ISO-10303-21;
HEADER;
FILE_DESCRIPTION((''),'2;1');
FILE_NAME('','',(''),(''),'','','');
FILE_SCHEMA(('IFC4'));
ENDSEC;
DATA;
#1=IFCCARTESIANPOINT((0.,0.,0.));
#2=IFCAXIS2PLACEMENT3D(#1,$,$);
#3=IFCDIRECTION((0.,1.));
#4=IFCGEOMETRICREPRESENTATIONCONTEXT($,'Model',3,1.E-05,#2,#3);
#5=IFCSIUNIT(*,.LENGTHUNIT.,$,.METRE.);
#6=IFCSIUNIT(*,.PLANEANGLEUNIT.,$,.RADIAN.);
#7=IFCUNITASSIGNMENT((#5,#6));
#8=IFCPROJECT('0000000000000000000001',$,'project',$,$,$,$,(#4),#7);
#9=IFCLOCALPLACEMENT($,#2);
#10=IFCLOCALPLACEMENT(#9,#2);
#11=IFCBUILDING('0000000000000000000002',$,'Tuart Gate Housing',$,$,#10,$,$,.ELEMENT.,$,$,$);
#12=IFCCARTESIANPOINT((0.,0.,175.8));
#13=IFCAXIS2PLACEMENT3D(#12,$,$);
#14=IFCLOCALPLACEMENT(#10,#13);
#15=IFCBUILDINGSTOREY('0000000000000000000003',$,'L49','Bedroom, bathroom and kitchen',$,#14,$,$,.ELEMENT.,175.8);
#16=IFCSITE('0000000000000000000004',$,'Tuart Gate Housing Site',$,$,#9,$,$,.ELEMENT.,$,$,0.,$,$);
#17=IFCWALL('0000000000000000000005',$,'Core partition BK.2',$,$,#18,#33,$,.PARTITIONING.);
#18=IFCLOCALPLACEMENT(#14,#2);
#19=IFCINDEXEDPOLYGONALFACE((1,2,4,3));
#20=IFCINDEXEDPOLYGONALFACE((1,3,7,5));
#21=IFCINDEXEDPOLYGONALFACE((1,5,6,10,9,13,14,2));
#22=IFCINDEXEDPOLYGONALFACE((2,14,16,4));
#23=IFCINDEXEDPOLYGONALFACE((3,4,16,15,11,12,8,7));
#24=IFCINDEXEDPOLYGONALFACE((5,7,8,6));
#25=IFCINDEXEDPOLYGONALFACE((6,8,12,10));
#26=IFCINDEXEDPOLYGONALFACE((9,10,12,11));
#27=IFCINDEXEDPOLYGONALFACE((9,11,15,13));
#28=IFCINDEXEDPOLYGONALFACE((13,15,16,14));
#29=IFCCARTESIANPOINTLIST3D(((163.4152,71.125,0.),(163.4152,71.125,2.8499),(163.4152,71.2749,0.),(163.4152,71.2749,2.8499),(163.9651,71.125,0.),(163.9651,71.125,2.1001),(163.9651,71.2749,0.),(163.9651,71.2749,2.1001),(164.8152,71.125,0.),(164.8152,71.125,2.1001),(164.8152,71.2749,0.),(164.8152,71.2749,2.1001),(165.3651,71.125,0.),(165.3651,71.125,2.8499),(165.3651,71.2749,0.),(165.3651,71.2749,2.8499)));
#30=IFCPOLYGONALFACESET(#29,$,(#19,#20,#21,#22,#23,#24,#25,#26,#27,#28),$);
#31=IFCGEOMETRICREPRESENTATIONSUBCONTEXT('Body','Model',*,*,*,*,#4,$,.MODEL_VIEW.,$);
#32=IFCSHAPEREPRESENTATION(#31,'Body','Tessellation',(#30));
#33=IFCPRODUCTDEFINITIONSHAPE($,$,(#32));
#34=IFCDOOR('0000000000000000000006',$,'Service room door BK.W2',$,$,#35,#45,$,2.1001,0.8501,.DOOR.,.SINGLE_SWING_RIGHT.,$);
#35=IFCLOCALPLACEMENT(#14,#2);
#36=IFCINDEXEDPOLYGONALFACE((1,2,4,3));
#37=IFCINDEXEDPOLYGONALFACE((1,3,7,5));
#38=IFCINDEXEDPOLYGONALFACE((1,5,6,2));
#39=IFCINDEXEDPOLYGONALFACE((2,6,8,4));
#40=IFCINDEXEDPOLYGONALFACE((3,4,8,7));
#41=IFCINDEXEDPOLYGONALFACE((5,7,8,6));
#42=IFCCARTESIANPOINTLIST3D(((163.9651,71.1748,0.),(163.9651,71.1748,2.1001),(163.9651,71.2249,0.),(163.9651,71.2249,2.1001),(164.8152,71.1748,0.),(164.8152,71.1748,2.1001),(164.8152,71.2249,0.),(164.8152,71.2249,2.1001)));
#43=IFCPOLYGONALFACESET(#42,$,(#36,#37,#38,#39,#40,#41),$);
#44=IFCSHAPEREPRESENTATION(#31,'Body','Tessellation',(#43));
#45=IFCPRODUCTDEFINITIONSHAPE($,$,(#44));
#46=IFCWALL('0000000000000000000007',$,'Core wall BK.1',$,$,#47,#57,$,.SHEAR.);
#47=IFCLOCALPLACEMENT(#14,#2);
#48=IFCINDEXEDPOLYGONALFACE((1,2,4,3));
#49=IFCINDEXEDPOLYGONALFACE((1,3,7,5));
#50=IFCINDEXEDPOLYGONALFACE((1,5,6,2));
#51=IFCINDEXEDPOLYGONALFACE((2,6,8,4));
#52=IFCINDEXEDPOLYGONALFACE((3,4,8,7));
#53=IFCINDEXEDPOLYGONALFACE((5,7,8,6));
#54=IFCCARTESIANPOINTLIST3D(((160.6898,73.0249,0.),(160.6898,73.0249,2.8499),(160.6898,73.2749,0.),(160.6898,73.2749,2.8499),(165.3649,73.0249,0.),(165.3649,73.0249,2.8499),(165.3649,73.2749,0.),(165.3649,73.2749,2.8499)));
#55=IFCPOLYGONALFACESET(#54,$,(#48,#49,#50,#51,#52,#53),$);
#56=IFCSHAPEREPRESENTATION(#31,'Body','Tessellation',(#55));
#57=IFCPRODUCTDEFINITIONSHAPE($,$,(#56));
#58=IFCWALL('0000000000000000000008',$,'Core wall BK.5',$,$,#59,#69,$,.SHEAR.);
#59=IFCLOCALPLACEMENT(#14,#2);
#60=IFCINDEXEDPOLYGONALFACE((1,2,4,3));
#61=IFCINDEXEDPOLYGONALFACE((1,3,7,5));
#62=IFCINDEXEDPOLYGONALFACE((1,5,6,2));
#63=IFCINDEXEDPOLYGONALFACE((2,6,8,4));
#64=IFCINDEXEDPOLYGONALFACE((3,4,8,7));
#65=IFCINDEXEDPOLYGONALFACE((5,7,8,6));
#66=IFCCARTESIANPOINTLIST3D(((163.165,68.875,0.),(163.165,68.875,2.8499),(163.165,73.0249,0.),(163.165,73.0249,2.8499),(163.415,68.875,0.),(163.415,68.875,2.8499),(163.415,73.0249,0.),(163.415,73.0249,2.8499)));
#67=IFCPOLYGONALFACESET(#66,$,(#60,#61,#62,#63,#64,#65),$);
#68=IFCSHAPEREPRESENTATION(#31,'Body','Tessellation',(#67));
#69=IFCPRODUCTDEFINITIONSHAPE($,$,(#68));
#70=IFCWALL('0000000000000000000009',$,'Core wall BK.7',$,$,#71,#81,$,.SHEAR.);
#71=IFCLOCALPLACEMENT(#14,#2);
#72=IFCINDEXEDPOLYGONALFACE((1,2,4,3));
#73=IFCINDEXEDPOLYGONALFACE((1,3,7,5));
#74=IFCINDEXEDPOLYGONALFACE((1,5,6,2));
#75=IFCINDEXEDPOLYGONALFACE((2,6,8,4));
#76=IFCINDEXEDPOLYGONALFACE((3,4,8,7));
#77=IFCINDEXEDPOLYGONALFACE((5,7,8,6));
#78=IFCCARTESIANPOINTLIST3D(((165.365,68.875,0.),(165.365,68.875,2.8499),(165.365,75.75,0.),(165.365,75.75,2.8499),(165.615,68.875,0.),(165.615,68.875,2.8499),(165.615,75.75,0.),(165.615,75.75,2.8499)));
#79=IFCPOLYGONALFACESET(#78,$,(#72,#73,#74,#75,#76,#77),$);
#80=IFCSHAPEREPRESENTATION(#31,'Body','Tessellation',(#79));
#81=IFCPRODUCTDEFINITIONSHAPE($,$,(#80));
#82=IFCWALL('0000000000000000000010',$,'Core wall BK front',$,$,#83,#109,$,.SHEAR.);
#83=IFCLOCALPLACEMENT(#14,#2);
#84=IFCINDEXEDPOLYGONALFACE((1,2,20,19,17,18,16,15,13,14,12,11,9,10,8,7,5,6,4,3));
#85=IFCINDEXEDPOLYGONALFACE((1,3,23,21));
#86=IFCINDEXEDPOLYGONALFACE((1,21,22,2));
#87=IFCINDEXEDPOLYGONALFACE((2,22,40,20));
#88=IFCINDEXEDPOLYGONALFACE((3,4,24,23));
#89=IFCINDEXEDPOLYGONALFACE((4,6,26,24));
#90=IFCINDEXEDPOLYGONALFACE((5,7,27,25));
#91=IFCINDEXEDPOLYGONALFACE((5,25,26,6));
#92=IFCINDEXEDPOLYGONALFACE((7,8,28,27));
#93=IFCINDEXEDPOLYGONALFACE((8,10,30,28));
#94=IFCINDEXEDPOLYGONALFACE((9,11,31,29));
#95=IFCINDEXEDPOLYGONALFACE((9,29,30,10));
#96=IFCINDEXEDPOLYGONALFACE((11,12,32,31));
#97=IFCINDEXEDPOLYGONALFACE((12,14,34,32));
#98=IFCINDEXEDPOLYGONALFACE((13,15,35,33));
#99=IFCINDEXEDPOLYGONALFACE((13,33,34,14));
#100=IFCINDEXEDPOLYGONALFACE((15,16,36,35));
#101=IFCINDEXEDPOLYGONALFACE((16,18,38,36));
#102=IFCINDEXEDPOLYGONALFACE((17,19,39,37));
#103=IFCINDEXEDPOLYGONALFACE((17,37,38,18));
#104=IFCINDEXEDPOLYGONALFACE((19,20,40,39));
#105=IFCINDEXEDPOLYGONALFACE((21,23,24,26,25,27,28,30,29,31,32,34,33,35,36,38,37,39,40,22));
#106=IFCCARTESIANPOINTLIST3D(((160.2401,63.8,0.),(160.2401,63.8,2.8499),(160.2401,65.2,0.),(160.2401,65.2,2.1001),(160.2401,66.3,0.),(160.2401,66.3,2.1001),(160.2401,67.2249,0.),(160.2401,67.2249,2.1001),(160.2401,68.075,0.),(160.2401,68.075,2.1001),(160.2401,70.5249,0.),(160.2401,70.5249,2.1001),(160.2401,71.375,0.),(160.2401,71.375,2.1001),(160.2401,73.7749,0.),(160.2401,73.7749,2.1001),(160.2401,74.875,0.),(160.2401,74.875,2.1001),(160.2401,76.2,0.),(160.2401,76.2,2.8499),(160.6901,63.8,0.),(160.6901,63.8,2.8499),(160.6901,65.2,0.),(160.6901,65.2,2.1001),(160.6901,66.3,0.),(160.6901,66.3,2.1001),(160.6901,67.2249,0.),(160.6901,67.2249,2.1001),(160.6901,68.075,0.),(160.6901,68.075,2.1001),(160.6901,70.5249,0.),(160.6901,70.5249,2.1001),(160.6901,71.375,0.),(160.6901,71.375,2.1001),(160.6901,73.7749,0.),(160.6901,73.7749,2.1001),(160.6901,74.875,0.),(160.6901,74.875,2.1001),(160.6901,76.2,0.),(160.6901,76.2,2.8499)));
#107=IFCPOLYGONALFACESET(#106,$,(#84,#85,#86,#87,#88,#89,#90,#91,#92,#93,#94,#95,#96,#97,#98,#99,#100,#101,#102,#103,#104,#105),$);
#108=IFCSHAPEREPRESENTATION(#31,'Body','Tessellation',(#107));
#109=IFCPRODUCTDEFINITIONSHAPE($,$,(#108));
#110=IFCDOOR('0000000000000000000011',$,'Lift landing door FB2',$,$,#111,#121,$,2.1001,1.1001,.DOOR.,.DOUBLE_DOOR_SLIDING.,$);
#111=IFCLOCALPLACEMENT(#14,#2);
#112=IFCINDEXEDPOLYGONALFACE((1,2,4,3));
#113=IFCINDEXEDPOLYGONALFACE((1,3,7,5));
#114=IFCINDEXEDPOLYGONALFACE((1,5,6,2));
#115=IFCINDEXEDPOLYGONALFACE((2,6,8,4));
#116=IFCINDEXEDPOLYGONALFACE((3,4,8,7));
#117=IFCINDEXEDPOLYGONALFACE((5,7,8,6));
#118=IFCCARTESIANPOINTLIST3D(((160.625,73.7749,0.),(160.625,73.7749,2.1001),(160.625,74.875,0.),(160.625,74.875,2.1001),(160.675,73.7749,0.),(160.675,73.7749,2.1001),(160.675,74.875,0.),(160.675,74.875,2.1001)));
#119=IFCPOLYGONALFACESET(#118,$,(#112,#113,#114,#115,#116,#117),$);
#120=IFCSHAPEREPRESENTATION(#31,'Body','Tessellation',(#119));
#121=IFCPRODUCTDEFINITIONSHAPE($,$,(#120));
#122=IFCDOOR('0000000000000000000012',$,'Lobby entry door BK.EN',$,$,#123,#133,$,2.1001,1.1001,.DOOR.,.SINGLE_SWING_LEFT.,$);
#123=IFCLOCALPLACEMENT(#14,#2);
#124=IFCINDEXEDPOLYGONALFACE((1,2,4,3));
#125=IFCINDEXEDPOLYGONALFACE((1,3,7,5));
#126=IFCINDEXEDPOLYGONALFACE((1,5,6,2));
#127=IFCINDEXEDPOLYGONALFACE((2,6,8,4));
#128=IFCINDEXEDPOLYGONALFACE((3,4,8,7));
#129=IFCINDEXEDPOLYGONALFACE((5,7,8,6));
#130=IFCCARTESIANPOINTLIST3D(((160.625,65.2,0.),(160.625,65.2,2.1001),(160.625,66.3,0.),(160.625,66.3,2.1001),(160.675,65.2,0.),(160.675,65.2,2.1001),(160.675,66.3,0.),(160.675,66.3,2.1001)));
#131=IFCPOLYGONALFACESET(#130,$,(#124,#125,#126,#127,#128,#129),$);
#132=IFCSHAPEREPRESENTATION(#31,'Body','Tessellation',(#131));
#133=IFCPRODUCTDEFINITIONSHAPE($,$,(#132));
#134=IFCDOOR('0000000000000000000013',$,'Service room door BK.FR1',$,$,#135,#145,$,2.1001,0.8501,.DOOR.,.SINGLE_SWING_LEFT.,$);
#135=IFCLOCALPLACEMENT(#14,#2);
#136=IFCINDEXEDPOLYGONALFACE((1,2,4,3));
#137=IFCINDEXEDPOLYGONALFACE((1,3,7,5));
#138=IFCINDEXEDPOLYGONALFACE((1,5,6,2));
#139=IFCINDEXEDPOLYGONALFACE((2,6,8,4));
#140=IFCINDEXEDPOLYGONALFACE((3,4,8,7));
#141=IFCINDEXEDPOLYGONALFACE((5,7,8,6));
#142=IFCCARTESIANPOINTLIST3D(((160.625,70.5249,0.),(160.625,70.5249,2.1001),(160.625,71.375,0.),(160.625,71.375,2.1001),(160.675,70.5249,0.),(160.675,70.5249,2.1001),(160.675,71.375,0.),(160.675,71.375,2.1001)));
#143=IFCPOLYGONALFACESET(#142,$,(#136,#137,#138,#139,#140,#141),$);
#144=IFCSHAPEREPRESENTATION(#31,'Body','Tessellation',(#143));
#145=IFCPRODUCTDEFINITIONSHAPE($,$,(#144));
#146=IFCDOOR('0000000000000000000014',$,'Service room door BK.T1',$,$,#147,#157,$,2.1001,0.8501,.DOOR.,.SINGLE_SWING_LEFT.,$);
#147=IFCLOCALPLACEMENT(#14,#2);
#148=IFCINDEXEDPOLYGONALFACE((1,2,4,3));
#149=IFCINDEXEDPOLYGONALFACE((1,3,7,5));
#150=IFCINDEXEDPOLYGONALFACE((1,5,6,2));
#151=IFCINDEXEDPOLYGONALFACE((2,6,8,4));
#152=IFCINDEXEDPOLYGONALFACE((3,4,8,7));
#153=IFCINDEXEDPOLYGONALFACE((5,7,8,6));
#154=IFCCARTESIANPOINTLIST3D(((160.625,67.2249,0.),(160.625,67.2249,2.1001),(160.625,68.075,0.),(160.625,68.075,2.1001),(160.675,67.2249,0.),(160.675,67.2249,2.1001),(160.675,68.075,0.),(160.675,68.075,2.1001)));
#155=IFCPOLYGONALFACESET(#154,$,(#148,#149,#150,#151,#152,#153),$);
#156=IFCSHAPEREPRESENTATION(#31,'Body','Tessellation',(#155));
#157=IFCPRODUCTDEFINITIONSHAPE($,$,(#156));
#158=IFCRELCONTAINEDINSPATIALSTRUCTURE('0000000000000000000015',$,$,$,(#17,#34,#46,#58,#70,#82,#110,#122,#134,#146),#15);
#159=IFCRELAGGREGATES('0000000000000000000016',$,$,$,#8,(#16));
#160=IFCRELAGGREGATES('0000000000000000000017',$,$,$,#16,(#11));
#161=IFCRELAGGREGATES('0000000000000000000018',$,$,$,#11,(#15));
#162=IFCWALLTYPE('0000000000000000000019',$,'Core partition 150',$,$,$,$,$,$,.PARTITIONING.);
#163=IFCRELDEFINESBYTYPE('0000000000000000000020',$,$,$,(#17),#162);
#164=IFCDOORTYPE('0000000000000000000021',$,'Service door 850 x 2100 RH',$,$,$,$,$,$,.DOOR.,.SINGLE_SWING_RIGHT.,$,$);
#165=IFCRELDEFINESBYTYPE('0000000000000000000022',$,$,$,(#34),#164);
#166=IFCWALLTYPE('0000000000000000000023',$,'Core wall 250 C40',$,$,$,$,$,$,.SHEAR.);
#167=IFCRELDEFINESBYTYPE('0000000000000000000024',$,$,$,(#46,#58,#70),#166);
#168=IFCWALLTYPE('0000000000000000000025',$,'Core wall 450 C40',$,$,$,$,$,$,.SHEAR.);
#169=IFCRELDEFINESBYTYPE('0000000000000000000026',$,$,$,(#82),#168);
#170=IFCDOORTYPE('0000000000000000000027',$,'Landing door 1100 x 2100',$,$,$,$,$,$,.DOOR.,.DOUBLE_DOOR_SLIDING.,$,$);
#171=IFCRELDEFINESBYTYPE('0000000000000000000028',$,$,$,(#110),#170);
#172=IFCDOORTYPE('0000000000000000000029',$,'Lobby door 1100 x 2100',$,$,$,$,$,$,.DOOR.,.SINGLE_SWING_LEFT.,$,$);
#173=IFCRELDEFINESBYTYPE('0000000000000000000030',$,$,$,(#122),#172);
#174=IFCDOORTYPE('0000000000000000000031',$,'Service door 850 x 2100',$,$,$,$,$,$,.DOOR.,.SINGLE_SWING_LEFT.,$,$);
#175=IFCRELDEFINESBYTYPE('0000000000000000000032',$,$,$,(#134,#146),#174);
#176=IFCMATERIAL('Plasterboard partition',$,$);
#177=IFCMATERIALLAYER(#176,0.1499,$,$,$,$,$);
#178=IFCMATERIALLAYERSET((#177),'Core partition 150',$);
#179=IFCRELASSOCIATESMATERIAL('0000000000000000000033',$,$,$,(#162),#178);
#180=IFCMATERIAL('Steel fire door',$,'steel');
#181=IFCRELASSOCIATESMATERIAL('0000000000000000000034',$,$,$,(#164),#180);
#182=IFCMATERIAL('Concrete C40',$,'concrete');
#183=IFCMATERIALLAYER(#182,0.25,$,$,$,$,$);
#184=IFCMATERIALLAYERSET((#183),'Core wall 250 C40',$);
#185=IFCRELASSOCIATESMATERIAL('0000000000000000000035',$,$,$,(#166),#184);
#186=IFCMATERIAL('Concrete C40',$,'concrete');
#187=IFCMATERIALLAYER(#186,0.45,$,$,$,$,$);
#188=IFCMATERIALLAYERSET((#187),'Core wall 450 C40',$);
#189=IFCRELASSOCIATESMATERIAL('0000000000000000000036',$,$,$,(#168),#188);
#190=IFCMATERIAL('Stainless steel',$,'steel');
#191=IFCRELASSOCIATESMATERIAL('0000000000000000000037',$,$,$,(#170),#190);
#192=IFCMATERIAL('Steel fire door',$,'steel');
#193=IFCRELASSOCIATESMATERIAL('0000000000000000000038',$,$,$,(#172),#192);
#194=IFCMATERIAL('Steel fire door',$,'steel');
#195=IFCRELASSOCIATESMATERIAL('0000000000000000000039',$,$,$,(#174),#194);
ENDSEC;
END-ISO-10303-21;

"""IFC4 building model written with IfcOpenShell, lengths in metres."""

from ifc_helpers import new_model, si_unit, direction, frame, frame_2d, origin, place, context, subcontext, project, spatial, rectangle, extrude, material, layer, layer_set, type_object, element, fill, save


model = new_model("IFC4")

# Units and contexts
model_context = context("Model", 3, precision=1e-05, world=origin(), true_north=direction((0.0, 1.0)))
body_context = subcontext(model_context, "Body", "Model", "MODEL_VIEW")
ifc_project = project(units=[si_unit("LENGTHUNIT", "METRE"), si_unit("PLANEANGLEUNIT", "RADIAN")], contexts=[model_context])

# Site, building, storey
site_placement = place(None, origin())
site = spatial("IfcSite", under=ifc_project, at=site_placement, Name="Tuart Gate Housing Site", CompositionType="ELEMENT", RefElevation=0.0)
building_placement = place(site_placement, origin())
building = spatial("IfcBuilding", under=site, at=building_placement, Name="Tuart Gate Housing", CompositionType="ELEMENT")
storey_placement = place(building_placement, frame((0.0, 0.0, 175.8)))
storey = spatial("IfcBuildingStorey", under=building, at=storey_placement, Name="L49", Description="Bedroom, bathroom and kitchen", CompositionType="ELEMENT", Elevation=175.8)

# Wall, opening, door
ifc_material_1 = material(Name="Plasterboard partition")
ifc_layer_1 = layer(ifc_material_1, 0.1499)
ifc_layer_set_1 = layer_set([ifc_layer_1], Name="Core partition 150")
wall_type_1 = type_object("IfcWallType", Name="Core partition 150", PredefinedType="PARTITIONING", material=ifc_layer_set_1)
wall_1_placement = place(storey_placement, frame((163.415, 71.2, 0.0), z_axis=(0.0, 0.0, 1.0), x_axis=(1.0, 0.0, 0.0)))
wall_1 = element("IfcWall", 1, at=wall_1_placement, inside=storey, type_object=wall_type_1, Name="Core partition BK.2", PredefinedType="PARTITIONING", context=body_context, shape_type="SweptSolid", body=[
    extrude(rectangle(XDim=1.95, YDim=0.1499, at=frame_2d((0.9751, 0.0))), origin(), (0.0, 0.0, 1.0), 2.8499),
])
opening_1_placement = place(wall_1_placement, frame((0.55, 0.0, 0.0)))
opening_1 = element("IfcOpeningElement", 2, at=opening_1_placement, cuts=wall_1, PredefinedType="OPENING", context=body_context, shape_type="SweptSolid", body=[
    extrude(rectangle(XDim=0.8501, YDim=2.1001, at=frame_2d((0.425, 1.05))), frame((0.0, 0.085, 0.0), z_axis=(0.0, -1.0, 0.0), x_axis=(1.0, 0.0, 0.0)), (0.0, 0.0, 1.0), 0.1699),
])
ifc_material_2 = material(Name="Steel fire door", Category="steel")
door_type_1 = type_object("IfcDoorType", Name="Service door 850 x 2100 RH", OperationType="SINGLE_SWING_RIGHT", PredefinedType="DOOR", material=ifc_material_2)
door_1_placement = place(opening_1_placement, frame((0.8501, 0.0, 0.0), z_axis=(0.0, 0.0, 1.0), x_axis=(-1.0, 0.0, 0.0)))
door_1 = element("IfcDoor", 3, at=door_1_placement, inside=storey, type_object=door_type_1, Name="Service room door BK.W2", OperationType="SINGLE_SWING_RIGHT", OverallHeight=2.1001, OverallWidth=0.8501, PredefinedType="DOOR", context=body_context, shape_type="SweptSolid", body=[
    extrude(rectangle(XDim=0.8501, YDim=2.1001, at=frame_2d((0.425, 1.05))), frame((0.0, 0.0251, 0.0), z_axis=(0.0, -1.0, 0.0), x_axis=(1.0, 0.0, 0.0)), (0.0, 0.0, 1.0), 0.05),
])
fill(opening_1, door_1)

# Walls
ifc_material_3 = material(Name="Concrete C40", Category="concrete")
ifc_layer_2 = layer(ifc_material_3, 0.25)
ifc_layer_set_2 = layer_set([ifc_layer_2], Name="Core wall 250 C40")
wall_type_2 = type_object("IfcWallType", Name="Core wall 250 C40", PredefinedType="SHEAR", material=ifc_layer_set_2)
wall_2_placement = place(storey_placement, frame((160.6899, 73.1499, 0.0), z_axis=(0.0, 0.0, 1.0), x_axis=(1.0, 0.0, 0.0)))
element("IfcWall", 4, at=wall_2_placement, inside=storey, type_object=wall_type_2, Name="Core wall BK.1", PredefinedType="SHEAR", context=body_context, shape_type="SweptSolid", body=[
    extrude(rectangle(XDim=4.675, YDim=0.25, at=frame_2d((2.3374, 0.0))), origin(), (0.0, 0.0, 1.0), 2.8499),
])
wall_3_placement = place(storey_placement, frame((163.29, 73.0249, 0.0), z_axis=(0.0, 0.0, 1.0), x_axis=(0.0, -1.0, 0.0)))
element("IfcWall", 5, at=wall_3_placement, inside=storey, type_object=wall_type_2, Name="Core wall BK.5", PredefinedType="SHEAR", context=body_context, shape_type="SweptSolid", body=[
    extrude(rectangle(XDim=4.1499, YDim=0.25, at=frame_2d((2.075, 0.0))), origin(), (0.0, 0.0, 1.0), 2.8499),
])
wall_4_placement = place(storey_placement, frame((165.49, 75.75, 0.0), z_axis=(0.0, 0.0, 1.0), x_axis=(0.0, -1.0, 0.0)))
element("IfcWall", 6, at=wall_4_placement, inside=storey, type_object=wall_type_2, Name="Core wall BK.7", PredefinedType="SHEAR", context=body_context, shape_type="SweptSolid", body=[
    extrude(rectangle(XDim=6.875, YDim=0.25, at=frame_2d((3.4375, 0.0))), origin(), (0.0, 0.0, 1.0), 2.8499),
])

# Wall, openings, doors
ifc_material_4 = material(Name="Concrete C40", Category="concrete")
ifc_layer_3 = layer(ifc_material_4, 0.45)
ifc_layer_set_3 = layer_set([ifc_layer_3], Name="Core wall 450 C40")
wall_type_3 = type_object("IfcWallType", Name="Core wall 450 C40", PredefinedType="SHEAR", material=ifc_layer_set_3)
wall_5_placement = place(storey_placement, frame((160.4651, 76.2, 0.0), z_axis=(0.0, 0.0, 1.0), x_axis=(0.0, -1.0, 0.0)))
wall_5 = element("IfcWall", 7, at=wall_5_placement, inside=storey, type_object=wall_type_3, Name="Core wall BK front", PredefinedType="SHEAR", context=body_context, shape_type="SweptSolid", body=[
    extrude(rectangle(XDim=12.3999, YDim=0.45, at=frame_2d((6.2, 0.0))), origin(), (0.0, 0.0, 1.0), 2.8499),
])
opening_2_placement = place(wall_5_placement, frame((1.325, 0.0, 0.0)))
opening_2 = element("IfcOpeningElement", 8, at=opening_2_placement, cuts=wall_5, PredefinedType="OPENING", context=body_context, shape_type="SweptSolid", body=[
    extrude(rectangle(XDim=1.1001, YDim=2.1001, at=frame_2d((0.55, 1.05))), frame((0.0, 0.2349, 0.0), z_axis=(0.0, -1.0, 0.0), x_axis=(1.0, 0.0, 0.0)), (0.0, 0.0, 1.0), 0.47),
])
opening_3_placement = place(wall_5_placement, frame((4.825, 0.0, 0.0)))
opening_3 = element("IfcOpeningElement", 9, at=opening_3_placement, cuts=wall_5, PredefinedType="OPENING", context=body_context, shape_type="SweptSolid", body=[
    extrude(rectangle(XDim=0.8501, YDim=2.1001, at=frame_2d((0.425, 1.05))), frame((0.0, 0.2349, 0.0), z_axis=(0.0, -1.0, 0.0), x_axis=(1.0, 0.0, 0.0)), (0.0, 0.0, 1.0), 0.47),
])
opening_4_placement = place(wall_5_placement, frame((9.8999, 0.0, 0.0)))
opening_4 = element("IfcOpeningElement", 10, at=opening_4_placement, cuts=wall_5, PredefinedType="OPENING", context=body_context, shape_type="SweptSolid", body=[
    extrude(rectangle(XDim=1.1001, YDim=2.1001, at=frame_2d((0.55, 1.05))), frame((0.0, 0.2349, 0.0), z_axis=(0.0, -1.0, 0.0), x_axis=(1.0, 0.0, 0.0)), (0.0, 0.0, 1.0), 0.47),
])
opening_5_placement = place(wall_5_placement, frame((8.125, 0.0, 0.0)))
opening_5 = element("IfcOpeningElement", 11, at=opening_5_placement, cuts=wall_5, PredefinedType="OPENING", context=body_context, shape_type="SweptSolid", body=[
    extrude(rectangle(XDim=0.8501, YDim=2.1001, at=frame_2d((0.425, 1.05))), frame((0.0, 0.2349, 0.0), z_axis=(0.0, -1.0, 0.0), x_axis=(1.0, 0.0, 0.0)), (0.0, 0.0, 1.0), 0.47),
])
ifc_material_5 = material(Name="Stainless steel", Category="steel")
door_type_2 = type_object("IfcDoorType", Name="Landing door 1100 x 2100", OperationType="DOUBLE_DOOR_SLIDING", PredefinedType="DOOR", material=ifc_material_5)
door_2_placement = place(opening_2_placement, origin())
door_2 = element("IfcDoor", 12, at=door_2_placement, inside=storey, type_object=door_type_2, Name="Lift landing door FB2", OperationType="DOUBLE_DOOR_SLIDING", OverallHeight=2.1001, OverallWidth=1.1001, PredefinedType="DOOR", context=body_context, shape_type="SweptSolid", body=[
    extrude(rectangle(XDim=1.1001, YDim=2.1001, at=frame_2d((0.55, 1.05))), frame((0.0, 0.21, 0.0), z_axis=(0.0, -1.0, 0.0), x_axis=(1.0, 0.0, 0.0)), (0.0, 0.0, 1.0), 0.05),
])
fill(opening_2, door_2)
ifc_material_6 = material(Name="Steel fire door", Category="steel")
door_type_3 = type_object("IfcDoorType", Name="Lobby door 1100 x 2100", OperationType="SINGLE_SWING_LEFT", PredefinedType="DOOR", material=ifc_material_6)
door_3_placement = place(opening_4_placement, origin())
door_3 = element("IfcDoor", 13, at=door_3_placement, inside=storey, type_object=door_type_3, Name="Lobby entry door BK.EN", OperationType="SINGLE_SWING_LEFT", OverallHeight=2.1001, OverallWidth=1.1001, PredefinedType="DOOR", context=body_context, shape_type="SweptSolid", body=[
    extrude(rectangle(XDim=1.1001, YDim=2.1001, at=frame_2d((0.55, 1.05))), frame((0.0, 0.21, 0.0), z_axis=(0.0, -1.0, 0.0), x_axis=(1.0, 0.0, 0.0)), (0.0, 0.0, 1.0), 0.05),
])
fill(opening_4, door_3)
ifc_material_7 = material(Name="Steel fire door", Category="steel")
door_type_4 = type_object("IfcDoorType", Name="Service door 850 x 2100", OperationType="SINGLE_SWING_LEFT", PredefinedType="DOOR", material=ifc_material_7)
door_4_placement = place(opening_3_placement, origin())
door_4 = element("IfcDoor", 14, at=door_4_placement, inside=storey, type_object=door_type_4, Name="Service room door BK.FR1", OperationType="SINGLE_SWING_LEFT", OverallHeight=2.1001, OverallWidth=0.8501, PredefinedType="DOOR", context=body_context, shape_type="SweptSolid", body=[
    extrude(rectangle(XDim=0.8501, YDim=2.1001, at=frame_2d((0.425, 1.05))), frame((0.0, 0.21, 0.0), z_axis=(0.0, -1.0, 0.0), x_axis=(1.0, 0.0, 0.0)), (0.0, 0.0, 1.0), 0.05),
])
fill(opening_3, door_4)
door_5_placement = place(opening_5_placement, origin())
door_5 = element("IfcDoor", 15, at=door_5_placement, inside=storey, type_object=door_type_4, Name="Service room door BK.T1", OperationType="SINGLE_SWING_LEFT", OverallHeight=2.1001, OverallWidth=0.8501, PredefinedType="DOOR", context=body_context, shape_type="SweptSolid", body=[
    extrude(rectangle(XDim=0.8501, YDim=2.1001, at=frame_2d((0.425, 1.05))), frame((0.0, 0.21, 0.0), z_axis=(0.0, -1.0, 0.0), x_axis=(1.0, 0.0, 0.0)), (0.0, 0.0, 1.0), 0.05),
])
fill(opening_5, door_5)

save(model, "model.ifc")
